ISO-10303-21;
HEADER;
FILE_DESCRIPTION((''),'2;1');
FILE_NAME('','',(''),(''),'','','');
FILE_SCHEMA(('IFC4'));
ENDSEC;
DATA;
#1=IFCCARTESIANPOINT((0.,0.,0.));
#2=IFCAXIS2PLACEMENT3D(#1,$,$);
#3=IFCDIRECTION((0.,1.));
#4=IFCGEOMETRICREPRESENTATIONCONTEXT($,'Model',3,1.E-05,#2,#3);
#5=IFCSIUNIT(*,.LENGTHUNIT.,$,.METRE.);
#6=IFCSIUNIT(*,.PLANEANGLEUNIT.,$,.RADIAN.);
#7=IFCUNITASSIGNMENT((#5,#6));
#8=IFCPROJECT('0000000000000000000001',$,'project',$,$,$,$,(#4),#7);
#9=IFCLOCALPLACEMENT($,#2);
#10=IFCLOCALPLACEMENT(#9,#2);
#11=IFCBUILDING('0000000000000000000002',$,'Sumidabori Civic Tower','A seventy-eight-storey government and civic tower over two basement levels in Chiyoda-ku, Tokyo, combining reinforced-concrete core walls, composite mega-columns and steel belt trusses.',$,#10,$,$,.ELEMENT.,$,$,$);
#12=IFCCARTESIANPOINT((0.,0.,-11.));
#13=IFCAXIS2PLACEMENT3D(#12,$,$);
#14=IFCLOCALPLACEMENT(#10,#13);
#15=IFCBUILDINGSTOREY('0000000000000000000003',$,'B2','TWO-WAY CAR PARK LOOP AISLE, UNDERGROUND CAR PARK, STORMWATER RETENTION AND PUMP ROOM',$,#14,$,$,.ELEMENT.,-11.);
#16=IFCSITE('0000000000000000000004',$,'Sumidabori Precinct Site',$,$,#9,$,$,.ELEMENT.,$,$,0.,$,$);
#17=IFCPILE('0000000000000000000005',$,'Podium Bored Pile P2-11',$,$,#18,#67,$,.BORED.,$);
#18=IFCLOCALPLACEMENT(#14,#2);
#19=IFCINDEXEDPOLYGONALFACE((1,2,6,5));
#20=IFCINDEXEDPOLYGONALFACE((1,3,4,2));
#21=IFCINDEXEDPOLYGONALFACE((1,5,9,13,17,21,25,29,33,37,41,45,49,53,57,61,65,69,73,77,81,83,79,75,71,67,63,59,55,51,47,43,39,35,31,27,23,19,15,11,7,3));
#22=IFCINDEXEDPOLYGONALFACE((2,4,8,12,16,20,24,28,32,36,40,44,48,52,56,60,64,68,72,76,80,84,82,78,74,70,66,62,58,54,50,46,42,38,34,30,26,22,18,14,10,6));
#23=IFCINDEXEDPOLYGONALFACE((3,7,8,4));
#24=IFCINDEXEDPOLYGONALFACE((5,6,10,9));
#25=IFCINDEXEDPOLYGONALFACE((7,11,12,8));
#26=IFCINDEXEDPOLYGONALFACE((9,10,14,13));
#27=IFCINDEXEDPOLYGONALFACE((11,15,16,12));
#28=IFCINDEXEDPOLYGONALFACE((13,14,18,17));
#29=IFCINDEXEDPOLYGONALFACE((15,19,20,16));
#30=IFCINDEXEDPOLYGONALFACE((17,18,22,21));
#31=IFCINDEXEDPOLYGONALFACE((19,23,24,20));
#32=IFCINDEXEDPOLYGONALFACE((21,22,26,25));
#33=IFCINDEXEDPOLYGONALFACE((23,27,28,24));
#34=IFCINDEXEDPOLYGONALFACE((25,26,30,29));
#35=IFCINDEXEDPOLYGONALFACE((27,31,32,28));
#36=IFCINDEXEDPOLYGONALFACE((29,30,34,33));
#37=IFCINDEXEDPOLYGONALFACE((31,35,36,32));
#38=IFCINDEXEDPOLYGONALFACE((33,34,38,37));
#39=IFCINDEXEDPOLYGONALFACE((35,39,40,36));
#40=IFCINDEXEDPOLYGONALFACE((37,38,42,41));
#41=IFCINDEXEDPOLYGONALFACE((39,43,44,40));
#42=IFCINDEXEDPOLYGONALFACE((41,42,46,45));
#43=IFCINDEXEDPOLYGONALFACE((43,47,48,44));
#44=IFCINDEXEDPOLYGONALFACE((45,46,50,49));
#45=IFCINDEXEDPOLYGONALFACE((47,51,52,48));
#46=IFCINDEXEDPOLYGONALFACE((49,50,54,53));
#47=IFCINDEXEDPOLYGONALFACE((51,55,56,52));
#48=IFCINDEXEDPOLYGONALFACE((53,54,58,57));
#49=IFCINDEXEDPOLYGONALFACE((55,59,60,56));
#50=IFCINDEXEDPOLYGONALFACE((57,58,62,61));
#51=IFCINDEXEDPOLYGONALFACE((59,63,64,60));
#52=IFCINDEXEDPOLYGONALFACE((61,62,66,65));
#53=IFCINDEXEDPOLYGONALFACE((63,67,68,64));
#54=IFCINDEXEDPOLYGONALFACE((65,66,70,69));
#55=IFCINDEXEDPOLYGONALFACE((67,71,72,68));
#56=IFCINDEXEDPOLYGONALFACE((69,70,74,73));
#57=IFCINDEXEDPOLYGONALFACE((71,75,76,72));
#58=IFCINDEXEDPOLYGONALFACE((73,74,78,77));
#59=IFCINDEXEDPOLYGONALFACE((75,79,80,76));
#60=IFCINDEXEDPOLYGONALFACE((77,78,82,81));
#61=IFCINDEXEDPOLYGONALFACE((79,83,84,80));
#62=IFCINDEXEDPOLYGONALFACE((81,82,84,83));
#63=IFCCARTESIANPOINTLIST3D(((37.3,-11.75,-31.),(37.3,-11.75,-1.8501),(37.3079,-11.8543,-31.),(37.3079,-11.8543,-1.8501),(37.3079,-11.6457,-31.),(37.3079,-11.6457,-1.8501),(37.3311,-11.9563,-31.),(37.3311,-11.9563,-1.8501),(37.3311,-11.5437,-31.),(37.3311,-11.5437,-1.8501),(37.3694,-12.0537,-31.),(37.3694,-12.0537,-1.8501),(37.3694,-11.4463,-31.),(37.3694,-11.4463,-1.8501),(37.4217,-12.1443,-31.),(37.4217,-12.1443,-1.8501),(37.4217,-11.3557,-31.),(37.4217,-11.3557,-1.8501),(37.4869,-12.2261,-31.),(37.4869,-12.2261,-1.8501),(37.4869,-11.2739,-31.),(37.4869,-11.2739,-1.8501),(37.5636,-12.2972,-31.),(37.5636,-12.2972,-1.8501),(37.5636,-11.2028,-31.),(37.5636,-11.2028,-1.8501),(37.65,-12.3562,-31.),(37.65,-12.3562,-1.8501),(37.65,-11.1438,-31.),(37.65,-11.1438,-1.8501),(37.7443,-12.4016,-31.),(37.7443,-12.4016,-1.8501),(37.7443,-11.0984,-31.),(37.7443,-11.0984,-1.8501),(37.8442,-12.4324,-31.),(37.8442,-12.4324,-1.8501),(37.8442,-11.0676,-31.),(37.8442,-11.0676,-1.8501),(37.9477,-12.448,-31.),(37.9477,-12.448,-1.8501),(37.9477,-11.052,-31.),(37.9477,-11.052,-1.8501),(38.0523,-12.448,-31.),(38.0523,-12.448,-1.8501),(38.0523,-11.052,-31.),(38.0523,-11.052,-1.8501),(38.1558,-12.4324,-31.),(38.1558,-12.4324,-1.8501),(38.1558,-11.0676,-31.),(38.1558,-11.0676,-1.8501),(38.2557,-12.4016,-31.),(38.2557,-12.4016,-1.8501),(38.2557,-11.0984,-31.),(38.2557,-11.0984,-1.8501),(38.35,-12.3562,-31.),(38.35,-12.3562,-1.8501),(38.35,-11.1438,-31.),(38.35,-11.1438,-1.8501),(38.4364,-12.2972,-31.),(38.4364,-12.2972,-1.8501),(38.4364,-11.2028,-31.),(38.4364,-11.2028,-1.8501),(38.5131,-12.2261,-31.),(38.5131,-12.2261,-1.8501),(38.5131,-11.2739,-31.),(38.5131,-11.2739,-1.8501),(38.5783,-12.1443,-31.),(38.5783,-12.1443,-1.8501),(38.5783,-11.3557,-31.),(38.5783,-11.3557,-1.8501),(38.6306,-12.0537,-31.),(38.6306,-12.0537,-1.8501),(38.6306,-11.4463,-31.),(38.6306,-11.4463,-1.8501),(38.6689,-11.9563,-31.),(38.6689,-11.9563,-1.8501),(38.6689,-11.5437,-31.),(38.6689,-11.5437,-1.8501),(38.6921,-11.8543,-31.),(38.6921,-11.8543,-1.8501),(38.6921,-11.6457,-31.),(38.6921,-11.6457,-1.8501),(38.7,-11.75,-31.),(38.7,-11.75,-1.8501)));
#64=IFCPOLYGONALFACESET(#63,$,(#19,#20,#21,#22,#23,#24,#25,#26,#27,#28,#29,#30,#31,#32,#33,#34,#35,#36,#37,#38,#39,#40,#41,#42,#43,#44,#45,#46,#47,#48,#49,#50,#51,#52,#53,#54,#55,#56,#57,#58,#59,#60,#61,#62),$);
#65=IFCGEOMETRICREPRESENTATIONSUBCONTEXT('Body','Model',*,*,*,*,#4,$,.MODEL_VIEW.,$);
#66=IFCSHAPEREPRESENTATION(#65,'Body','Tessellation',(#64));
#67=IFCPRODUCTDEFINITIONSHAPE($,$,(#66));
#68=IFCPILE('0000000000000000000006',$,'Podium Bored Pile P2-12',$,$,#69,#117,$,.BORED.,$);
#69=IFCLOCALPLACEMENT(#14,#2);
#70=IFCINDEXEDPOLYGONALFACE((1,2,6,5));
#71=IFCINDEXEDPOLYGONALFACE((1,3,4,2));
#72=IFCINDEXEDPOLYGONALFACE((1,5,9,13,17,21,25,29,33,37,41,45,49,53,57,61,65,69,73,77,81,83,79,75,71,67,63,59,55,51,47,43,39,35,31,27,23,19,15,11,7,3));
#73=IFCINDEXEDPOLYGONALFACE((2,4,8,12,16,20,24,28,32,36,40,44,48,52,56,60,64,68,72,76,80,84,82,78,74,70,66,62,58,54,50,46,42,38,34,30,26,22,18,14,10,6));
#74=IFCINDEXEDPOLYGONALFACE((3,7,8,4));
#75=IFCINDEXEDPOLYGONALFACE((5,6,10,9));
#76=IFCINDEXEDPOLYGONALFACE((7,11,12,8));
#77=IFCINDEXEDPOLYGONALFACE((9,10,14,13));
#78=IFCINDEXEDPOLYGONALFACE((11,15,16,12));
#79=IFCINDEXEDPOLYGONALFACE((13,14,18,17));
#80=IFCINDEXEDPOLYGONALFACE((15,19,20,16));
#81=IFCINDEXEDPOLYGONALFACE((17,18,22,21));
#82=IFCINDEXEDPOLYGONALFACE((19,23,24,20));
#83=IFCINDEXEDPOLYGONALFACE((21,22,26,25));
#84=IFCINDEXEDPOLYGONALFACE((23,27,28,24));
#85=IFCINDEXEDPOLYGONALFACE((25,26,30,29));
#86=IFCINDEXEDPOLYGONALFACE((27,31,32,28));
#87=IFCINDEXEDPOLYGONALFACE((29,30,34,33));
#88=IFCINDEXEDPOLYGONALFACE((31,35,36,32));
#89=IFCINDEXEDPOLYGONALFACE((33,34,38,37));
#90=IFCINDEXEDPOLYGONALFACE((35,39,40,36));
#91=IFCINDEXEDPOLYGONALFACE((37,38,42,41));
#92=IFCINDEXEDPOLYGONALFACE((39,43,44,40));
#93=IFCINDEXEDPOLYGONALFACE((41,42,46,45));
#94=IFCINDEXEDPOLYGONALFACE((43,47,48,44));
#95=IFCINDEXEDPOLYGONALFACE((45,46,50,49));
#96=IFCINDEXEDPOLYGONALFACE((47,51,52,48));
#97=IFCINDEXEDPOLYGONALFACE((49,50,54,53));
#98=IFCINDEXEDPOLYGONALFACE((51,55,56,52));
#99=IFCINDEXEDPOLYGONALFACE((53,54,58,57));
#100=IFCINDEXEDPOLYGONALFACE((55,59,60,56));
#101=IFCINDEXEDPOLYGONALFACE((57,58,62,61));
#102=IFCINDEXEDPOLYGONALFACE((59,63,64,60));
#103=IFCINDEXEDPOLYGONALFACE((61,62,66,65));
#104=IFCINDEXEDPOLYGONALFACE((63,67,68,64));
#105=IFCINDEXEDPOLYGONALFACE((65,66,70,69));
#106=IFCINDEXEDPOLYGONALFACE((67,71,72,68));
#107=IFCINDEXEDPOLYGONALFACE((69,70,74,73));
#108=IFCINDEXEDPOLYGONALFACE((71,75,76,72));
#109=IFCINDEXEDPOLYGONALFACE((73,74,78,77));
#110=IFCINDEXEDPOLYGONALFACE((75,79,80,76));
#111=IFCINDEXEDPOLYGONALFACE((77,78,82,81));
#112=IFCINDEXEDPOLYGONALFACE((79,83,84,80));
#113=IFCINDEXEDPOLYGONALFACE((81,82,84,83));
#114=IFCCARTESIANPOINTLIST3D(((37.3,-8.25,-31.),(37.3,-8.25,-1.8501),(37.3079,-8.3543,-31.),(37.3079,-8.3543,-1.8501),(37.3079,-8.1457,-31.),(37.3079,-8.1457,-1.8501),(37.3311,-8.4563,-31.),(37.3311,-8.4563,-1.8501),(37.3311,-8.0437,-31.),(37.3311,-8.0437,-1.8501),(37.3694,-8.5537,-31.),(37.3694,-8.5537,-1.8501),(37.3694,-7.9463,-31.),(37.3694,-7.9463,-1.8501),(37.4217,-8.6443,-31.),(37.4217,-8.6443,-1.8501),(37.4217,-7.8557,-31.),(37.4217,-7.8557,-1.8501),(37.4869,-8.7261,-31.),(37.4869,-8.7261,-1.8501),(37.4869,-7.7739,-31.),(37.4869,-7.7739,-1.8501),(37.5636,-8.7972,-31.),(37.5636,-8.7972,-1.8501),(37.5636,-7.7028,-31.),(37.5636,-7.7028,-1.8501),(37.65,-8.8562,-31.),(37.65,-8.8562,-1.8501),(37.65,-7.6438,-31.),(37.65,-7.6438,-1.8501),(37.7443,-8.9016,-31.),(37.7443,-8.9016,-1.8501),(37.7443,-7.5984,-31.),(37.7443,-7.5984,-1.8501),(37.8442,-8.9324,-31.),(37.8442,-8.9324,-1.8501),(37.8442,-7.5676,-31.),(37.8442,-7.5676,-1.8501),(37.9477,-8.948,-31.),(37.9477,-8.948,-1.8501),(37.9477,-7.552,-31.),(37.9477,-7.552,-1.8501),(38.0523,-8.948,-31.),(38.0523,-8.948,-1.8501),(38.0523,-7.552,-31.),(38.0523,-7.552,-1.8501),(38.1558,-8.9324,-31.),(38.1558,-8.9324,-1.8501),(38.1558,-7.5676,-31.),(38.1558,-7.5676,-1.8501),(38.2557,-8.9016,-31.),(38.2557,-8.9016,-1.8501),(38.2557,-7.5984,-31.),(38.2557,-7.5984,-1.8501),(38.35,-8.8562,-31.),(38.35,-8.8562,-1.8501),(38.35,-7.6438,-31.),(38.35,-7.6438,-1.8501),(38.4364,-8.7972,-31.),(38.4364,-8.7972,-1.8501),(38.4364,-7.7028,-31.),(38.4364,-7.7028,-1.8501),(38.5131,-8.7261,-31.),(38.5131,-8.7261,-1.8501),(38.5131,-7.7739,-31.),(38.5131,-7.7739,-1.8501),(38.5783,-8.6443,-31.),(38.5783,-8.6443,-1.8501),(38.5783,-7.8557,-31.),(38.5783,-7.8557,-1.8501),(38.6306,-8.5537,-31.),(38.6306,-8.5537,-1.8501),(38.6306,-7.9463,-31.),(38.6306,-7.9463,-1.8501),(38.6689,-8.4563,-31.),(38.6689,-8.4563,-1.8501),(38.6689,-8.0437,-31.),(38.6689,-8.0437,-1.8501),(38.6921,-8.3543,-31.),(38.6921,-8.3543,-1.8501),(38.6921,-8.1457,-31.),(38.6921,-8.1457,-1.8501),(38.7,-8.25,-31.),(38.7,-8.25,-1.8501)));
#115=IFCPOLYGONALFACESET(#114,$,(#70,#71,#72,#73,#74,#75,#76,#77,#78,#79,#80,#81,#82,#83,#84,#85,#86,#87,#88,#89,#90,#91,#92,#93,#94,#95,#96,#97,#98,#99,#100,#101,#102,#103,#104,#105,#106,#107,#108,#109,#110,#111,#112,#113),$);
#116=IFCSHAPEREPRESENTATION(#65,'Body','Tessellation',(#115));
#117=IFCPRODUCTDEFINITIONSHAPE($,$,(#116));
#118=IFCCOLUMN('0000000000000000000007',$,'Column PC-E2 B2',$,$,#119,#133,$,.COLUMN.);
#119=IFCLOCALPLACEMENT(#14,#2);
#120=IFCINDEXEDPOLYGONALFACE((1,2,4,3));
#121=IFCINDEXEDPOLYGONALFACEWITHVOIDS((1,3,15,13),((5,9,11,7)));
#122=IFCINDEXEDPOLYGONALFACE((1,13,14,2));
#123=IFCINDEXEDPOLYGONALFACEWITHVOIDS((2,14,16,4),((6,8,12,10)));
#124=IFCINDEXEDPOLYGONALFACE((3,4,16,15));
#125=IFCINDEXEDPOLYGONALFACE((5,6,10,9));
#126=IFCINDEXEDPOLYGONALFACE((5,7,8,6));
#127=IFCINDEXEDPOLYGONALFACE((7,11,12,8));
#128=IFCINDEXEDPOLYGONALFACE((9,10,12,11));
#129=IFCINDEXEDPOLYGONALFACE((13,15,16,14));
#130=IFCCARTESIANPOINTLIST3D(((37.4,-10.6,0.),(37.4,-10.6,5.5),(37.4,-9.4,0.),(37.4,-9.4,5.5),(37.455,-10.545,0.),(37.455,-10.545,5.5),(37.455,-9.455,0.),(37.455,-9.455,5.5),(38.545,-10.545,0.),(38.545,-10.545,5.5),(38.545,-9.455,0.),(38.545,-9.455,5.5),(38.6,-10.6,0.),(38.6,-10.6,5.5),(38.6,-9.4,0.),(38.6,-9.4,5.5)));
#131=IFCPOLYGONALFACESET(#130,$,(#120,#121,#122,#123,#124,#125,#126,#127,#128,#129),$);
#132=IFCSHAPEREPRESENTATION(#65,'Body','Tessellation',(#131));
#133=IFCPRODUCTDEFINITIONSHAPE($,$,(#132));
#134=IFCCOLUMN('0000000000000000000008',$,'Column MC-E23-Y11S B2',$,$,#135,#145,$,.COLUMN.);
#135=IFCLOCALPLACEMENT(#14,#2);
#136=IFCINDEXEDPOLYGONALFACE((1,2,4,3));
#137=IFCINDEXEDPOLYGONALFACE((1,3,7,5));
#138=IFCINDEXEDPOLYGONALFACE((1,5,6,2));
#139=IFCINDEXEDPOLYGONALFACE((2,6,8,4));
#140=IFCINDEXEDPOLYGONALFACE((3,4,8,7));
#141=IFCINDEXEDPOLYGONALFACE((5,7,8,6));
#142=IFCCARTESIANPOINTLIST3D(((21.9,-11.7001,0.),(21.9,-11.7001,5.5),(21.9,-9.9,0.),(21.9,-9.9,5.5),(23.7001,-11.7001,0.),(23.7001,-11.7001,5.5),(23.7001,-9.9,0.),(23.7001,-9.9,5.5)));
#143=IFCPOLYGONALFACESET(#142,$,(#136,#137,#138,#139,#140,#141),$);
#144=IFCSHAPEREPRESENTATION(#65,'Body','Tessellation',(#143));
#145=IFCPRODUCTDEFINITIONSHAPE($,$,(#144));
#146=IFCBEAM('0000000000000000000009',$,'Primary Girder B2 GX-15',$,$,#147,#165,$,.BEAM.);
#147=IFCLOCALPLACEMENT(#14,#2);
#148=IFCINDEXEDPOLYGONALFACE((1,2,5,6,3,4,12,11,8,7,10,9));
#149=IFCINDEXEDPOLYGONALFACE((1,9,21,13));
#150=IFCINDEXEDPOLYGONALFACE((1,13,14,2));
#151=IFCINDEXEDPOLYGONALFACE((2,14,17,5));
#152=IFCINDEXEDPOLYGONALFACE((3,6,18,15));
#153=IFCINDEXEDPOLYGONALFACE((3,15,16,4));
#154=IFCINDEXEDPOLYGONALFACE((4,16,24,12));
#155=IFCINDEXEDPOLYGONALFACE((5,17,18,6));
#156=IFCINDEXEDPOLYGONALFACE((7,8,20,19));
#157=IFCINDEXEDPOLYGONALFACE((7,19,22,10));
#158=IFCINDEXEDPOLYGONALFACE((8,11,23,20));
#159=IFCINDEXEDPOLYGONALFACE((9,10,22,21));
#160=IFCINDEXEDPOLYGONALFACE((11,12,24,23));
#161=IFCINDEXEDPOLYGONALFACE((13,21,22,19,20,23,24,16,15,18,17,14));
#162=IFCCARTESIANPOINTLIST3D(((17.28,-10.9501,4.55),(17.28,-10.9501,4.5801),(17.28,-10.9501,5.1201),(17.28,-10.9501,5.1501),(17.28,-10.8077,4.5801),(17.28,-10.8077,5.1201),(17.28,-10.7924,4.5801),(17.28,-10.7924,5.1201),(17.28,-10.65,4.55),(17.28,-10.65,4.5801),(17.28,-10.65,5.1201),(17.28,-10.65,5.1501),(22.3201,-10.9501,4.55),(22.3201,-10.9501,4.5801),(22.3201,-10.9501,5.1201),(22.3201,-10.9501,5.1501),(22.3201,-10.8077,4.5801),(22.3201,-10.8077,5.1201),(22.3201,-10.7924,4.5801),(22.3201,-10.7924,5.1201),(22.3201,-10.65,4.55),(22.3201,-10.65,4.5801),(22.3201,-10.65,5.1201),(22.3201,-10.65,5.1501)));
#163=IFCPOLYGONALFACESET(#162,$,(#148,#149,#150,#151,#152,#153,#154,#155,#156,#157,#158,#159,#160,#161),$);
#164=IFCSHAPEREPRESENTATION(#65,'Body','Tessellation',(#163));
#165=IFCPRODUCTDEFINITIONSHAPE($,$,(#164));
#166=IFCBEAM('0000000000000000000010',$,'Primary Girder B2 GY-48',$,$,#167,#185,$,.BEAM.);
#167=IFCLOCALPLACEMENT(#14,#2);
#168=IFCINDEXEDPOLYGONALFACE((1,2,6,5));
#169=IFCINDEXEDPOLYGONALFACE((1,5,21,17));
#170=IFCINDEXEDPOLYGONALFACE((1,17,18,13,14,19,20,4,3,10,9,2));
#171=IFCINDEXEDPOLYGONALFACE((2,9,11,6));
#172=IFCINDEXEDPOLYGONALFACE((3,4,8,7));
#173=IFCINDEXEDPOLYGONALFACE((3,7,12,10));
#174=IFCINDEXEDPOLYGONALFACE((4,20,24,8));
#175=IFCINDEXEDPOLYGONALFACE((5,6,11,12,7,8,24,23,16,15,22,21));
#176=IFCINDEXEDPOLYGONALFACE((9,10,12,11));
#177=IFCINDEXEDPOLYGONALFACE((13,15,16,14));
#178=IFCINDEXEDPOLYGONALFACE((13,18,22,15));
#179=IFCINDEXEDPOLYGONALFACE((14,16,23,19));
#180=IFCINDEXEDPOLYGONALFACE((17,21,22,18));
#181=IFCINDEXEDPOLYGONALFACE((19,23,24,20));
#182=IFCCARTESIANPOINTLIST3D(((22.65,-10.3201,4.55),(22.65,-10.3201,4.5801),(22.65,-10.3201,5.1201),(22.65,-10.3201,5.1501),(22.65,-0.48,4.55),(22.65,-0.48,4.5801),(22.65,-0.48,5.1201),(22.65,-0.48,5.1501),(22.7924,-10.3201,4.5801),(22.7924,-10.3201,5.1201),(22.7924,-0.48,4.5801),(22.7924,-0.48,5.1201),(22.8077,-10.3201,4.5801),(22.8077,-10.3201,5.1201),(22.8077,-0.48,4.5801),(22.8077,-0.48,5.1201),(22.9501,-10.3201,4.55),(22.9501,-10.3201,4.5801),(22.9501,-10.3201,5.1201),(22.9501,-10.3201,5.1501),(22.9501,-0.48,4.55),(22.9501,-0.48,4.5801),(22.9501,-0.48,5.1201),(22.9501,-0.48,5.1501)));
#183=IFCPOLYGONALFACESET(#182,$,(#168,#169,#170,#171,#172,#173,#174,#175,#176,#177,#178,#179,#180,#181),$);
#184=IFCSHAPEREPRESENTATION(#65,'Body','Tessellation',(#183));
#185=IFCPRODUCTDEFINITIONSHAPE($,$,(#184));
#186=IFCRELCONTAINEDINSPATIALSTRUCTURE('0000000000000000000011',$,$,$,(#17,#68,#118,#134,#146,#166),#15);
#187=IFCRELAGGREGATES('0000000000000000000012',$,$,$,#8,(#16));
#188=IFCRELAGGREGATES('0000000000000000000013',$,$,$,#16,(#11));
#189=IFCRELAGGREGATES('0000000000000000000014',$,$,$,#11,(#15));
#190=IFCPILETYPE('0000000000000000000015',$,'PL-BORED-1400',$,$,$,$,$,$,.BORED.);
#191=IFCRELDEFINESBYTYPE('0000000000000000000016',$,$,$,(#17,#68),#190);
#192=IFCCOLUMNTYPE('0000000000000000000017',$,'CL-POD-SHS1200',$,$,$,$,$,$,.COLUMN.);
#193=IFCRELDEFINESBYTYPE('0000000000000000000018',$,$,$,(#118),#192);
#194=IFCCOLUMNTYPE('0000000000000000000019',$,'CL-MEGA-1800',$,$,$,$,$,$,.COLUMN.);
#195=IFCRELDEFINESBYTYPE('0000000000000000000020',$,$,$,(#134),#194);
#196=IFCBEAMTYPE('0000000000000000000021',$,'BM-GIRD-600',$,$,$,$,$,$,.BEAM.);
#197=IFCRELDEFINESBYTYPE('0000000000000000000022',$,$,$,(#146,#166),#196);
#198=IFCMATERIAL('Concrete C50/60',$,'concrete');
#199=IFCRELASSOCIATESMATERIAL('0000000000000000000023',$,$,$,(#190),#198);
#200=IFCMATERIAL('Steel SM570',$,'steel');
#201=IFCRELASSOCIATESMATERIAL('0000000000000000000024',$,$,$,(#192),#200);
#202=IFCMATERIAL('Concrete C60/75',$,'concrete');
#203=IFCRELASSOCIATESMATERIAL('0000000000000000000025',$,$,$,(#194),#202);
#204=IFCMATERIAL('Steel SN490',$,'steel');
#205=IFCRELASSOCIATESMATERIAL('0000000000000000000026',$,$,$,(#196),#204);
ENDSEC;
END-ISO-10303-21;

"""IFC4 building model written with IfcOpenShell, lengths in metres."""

from ifc_helpers import new_model, si_unit, direction, frame, origin, origin_2d, place, context, subcontext, project, spatial, rectangle, hollow_rectangle, circle, i_section, extrude, source, transform, mapped, material, material_profile, profile_set, type_object, element, save


model = new_model("IFC4")

# Units and contexts
model_context = context("Model", 3, precision=1e-05, world=origin(), true_north=direction((0.0, 1.0)))
body_context = subcontext(model_context, "Body", "Model", "MODEL_VIEW")
ifc_project = project(units=[si_unit("LENGTHUNIT", "METRE"), si_unit("PLANEANGLEUNIT", "RADIAN")], contexts=[model_context])

# Site, building, storey
site_placement = place(None, origin())
site = spatial("IfcSite", under=ifc_project, at=site_placement, Name="Sumidabori Precinct Site", CompositionType="ELEMENT", RefElevation=0.0)
building_placement = place(site_placement, origin())
building = spatial("IfcBuilding", under=site, at=building_placement, Name="Sumidabori Civic Tower", Description="A seventy-eight-storey government and civic tower over two basement levels in Chiyoda-ku, Tokyo, combining reinforced-concrete core walls, composite mega-columns and steel belt trusses.", CompositionType="ELEMENT")
storey_placement = place(building_placement, frame((0.0, 0.0, -11.0)))
storey = spatial("IfcBuildingStorey", under=building, at=storey_placement, Name="B2", Description="TWO-WAY CAR PARK LOOP AISLE, UNDERGROUND CAR PARK, STORMWATER RETENTION AND PUMP ROOM", CompositionType="ELEMENT", Elevation=-11.0)

# Shared definitions
ifc_material_1 = material(Name="Concrete C50/60", Category="concrete")

# Piles
ifc_material_profile_1 = material_profile(ifc_material_1, circle(Radius=0.7, at=origin_2d()), Name="BORED PILE 1400")
ifc_profile_set_1 = profile_set([ifc_material_profile_1], Name="Concrete C50/60")
pile_type_1 = type_object("IfcPileType", Name="PL-BORED-1400", PredefinedType="BORED", material=ifc_profile_set_1)
shared_shape_1 = source(origin(), body_context, "Body", "SweptSolid", [
    extrude(circle(Radius=0.7, at=origin_2d()), origin(), (0.0, 0.0, 1.0), 29.1499),
])
for number, where, z_axis, x_axis, name in (
    (1, (38.0, -11.75, -1.8501), (0.0, 0.0, -1.0), (1.0, 0.0, 0.0), "Podium Bored Pile P2-11"),
    (2, (38.0, -8.25, -1.8501), (0.0, 0.0, -1.0), (1.0, 0.0, 0.0), "Podium Bored Pile P2-12"),
):
    element("IfcPile", number, at=place(storey_placement, frame(where, z_axis=z_axis, x_axis=x_axis)), inside=storey, type_object=pile_type_1, Name=name, PredefinedType="BORED", context=body_context, shape_type="MappedRepresentation", body=[
        mapped(shared_shape_1, transform((0.0, 0.0, 0.0), x_axis=(1.0, 0.0, 0.0), y_axis=(0.0, 1.0, 0.0), z_axis=(0.0, 0.0, 1.0), scale=1.0)),
    ])

# Columns
ifc_material_2 = material(Name="Steel SM570", Category="steel")
ifc_material_profile_2 = material_profile(ifc_material_2, hollow_rectangle(XDim=1.2, YDim=1.2, WallThickness=0.0549, at=origin_2d()), Name="SHS 1200x1200x55")
ifc_profile_set_2 = profile_set([ifc_material_profile_2], Name="Steel SM570")
column_type_1 = type_object("IfcColumnType", Name="CL-POD-SHS1200", PredefinedType="COLUMN", material=ifc_profile_set_2)
shared_shape_2 = source(origin(), body_context, "Body", "SweptSolid", [
    extrude(hollow_rectangle(XDim=1.2, YDim=1.2, WallThickness=0.0549, at=origin_2d()), origin(), (0.0, 0.0, 1.0), 5.5),
])
column_1_placement = place(storey_placement, frame((38.0, -10.0, 0.0), z_axis=(0.0, 0.0, 1.0), x_axis=(1.0, 0.0, 0.0)))
element("IfcColumn", 3, at=column_1_placement, inside=storey, type_object=column_type_1, Name="Column PC-E2 B2", PredefinedType="COLUMN", context=body_context, shape_type="MappedRepresentation", body=[
    mapped(shared_shape_2, transform((0.0, 0.0, 0.0), x_axis=(1.0, 0.0, 0.0), y_axis=(0.0, 1.0, 0.0), z_axis=(0.0, 0.0, 1.0), scale=1.0)),
])
ifc_material_3 = material(Name="Concrete C60/75", Category="concrete")
ifc_material_profile_3 = material_profile(ifc_material_3, rectangle(XDim=1.8, YDim=1.8, at=origin_2d()), Name="RC 1800x1800")
ifc_profile_set_3 = profile_set([ifc_material_profile_3], Name="Concrete C60/75")
column_type_2 = type_object("IfcColumnType", Name="CL-MEGA-1800", PredefinedType="COLUMN", material=ifc_profile_set_3)
shared_shape_3 = source(origin(), body_context, "Body", "SweptSolid", [
    extrude(rectangle(XDim=1.8, YDim=1.8, at=origin_2d()), origin(), (0.0, 0.0, 1.0), 5.5),
])
column_2_placement = place(storey_placement, frame((22.8, -10.8, 0.0), z_axis=(0.0, 0.0, 1.0), x_axis=(1.0, 0.0, 0.0)))
element("IfcColumn", 4, at=column_2_placement, inside=storey, type_object=column_type_2, Name="Column MC-E23-Y11S B2", PredefinedType="COLUMN", context=body_context, shape_type="MappedRepresentation", body=[
    mapped(shared_shape_3, transform((0.0, 0.0, 0.0), x_axis=(1.0, 0.0, 0.0), y_axis=(0.0, 1.0, 0.0), z_axis=(0.0, 0.0, 1.0), scale=1.0)),
])

# Beams
ifc_material_4 = material(Name="Steel SN490", Category="steel")
ifc_material_profile_4 = material_profile(ifc_material_4, i_section(OverallWidth=0.3, OverallDepth=0.6001, WebThickness=0.0154, FlangeThickness=0.03, at=origin_2d()), Name="HE 600 B")
ifc_profile_set_4 = profile_set([ifc_material_profile_4], Name="Steel SN490")
beam_type = type_object("IfcBeamType", Name="BM-GIRD-600", PredefinedType="BEAM", material=ifc_profile_set_4)
shared_shape_4 = source(origin(), body_context, "Body", "SweptSolid", [
    extrude(i_section(OverallWidth=0.3, OverallDepth=0.6001, WebThickness=0.0154, FlangeThickness=0.03, at=origin_2d()), origin(), (0.0, 0.0, 1.0), 5.04),
])
beam_1_placement = place(storey_placement, frame((17.28, -10.8, 4.8501), z_axis=(1.0, 0.0, 0.0), x_axis=(0.0, 1.0, 0.0)))
element("IfcBeam", 5, at=beam_1_placement, inside=storey, type_object=beam_type, Name="Primary Girder B2 GX-15", PredefinedType="BEAM", context=body_context, shape_type="MappedRepresentation", body=[
    mapped(shared_shape_4, transform((0.0, 0.0, 0.0), x_axis=(1.0, 0.0, 0.0), y_axis=(0.0, 1.0, 0.0), z_axis=(0.0, 0.0, 1.0), scale=1.0)),
])
shared_shape_5 = source(origin(), body_context, "Body", "SweptSolid", [
    extrude(i_section(OverallWidth=0.3, OverallDepth=0.6001, WebThickness=0.0154, FlangeThickness=0.03, at=origin_2d()), origin(), (0.0, 0.0, 1.0), 9.8401),
])
beam_2_placement = place(storey_placement, frame((22.8, -10.3201, 4.8501), z_axis=(0.0, 1.0, 0.0), x_axis=(-1.0, 0.0, 0.0)))
element("IfcBeam", 6, at=beam_2_placement, inside=storey, type_object=beam_type, Name="Primary Girder B2 GY-48", PredefinedType="BEAM", context=body_context, shape_type="MappedRepresentation", body=[
    mapped(shared_shape_5, transform((0.0, 0.0, 0.0), x_axis=(1.0, 0.0, 0.0), y_axis=(0.0, 1.0, 0.0), z_axis=(0.0, 0.0, 1.0), scale=1.0)),
])

save(model, "model.ifc")
